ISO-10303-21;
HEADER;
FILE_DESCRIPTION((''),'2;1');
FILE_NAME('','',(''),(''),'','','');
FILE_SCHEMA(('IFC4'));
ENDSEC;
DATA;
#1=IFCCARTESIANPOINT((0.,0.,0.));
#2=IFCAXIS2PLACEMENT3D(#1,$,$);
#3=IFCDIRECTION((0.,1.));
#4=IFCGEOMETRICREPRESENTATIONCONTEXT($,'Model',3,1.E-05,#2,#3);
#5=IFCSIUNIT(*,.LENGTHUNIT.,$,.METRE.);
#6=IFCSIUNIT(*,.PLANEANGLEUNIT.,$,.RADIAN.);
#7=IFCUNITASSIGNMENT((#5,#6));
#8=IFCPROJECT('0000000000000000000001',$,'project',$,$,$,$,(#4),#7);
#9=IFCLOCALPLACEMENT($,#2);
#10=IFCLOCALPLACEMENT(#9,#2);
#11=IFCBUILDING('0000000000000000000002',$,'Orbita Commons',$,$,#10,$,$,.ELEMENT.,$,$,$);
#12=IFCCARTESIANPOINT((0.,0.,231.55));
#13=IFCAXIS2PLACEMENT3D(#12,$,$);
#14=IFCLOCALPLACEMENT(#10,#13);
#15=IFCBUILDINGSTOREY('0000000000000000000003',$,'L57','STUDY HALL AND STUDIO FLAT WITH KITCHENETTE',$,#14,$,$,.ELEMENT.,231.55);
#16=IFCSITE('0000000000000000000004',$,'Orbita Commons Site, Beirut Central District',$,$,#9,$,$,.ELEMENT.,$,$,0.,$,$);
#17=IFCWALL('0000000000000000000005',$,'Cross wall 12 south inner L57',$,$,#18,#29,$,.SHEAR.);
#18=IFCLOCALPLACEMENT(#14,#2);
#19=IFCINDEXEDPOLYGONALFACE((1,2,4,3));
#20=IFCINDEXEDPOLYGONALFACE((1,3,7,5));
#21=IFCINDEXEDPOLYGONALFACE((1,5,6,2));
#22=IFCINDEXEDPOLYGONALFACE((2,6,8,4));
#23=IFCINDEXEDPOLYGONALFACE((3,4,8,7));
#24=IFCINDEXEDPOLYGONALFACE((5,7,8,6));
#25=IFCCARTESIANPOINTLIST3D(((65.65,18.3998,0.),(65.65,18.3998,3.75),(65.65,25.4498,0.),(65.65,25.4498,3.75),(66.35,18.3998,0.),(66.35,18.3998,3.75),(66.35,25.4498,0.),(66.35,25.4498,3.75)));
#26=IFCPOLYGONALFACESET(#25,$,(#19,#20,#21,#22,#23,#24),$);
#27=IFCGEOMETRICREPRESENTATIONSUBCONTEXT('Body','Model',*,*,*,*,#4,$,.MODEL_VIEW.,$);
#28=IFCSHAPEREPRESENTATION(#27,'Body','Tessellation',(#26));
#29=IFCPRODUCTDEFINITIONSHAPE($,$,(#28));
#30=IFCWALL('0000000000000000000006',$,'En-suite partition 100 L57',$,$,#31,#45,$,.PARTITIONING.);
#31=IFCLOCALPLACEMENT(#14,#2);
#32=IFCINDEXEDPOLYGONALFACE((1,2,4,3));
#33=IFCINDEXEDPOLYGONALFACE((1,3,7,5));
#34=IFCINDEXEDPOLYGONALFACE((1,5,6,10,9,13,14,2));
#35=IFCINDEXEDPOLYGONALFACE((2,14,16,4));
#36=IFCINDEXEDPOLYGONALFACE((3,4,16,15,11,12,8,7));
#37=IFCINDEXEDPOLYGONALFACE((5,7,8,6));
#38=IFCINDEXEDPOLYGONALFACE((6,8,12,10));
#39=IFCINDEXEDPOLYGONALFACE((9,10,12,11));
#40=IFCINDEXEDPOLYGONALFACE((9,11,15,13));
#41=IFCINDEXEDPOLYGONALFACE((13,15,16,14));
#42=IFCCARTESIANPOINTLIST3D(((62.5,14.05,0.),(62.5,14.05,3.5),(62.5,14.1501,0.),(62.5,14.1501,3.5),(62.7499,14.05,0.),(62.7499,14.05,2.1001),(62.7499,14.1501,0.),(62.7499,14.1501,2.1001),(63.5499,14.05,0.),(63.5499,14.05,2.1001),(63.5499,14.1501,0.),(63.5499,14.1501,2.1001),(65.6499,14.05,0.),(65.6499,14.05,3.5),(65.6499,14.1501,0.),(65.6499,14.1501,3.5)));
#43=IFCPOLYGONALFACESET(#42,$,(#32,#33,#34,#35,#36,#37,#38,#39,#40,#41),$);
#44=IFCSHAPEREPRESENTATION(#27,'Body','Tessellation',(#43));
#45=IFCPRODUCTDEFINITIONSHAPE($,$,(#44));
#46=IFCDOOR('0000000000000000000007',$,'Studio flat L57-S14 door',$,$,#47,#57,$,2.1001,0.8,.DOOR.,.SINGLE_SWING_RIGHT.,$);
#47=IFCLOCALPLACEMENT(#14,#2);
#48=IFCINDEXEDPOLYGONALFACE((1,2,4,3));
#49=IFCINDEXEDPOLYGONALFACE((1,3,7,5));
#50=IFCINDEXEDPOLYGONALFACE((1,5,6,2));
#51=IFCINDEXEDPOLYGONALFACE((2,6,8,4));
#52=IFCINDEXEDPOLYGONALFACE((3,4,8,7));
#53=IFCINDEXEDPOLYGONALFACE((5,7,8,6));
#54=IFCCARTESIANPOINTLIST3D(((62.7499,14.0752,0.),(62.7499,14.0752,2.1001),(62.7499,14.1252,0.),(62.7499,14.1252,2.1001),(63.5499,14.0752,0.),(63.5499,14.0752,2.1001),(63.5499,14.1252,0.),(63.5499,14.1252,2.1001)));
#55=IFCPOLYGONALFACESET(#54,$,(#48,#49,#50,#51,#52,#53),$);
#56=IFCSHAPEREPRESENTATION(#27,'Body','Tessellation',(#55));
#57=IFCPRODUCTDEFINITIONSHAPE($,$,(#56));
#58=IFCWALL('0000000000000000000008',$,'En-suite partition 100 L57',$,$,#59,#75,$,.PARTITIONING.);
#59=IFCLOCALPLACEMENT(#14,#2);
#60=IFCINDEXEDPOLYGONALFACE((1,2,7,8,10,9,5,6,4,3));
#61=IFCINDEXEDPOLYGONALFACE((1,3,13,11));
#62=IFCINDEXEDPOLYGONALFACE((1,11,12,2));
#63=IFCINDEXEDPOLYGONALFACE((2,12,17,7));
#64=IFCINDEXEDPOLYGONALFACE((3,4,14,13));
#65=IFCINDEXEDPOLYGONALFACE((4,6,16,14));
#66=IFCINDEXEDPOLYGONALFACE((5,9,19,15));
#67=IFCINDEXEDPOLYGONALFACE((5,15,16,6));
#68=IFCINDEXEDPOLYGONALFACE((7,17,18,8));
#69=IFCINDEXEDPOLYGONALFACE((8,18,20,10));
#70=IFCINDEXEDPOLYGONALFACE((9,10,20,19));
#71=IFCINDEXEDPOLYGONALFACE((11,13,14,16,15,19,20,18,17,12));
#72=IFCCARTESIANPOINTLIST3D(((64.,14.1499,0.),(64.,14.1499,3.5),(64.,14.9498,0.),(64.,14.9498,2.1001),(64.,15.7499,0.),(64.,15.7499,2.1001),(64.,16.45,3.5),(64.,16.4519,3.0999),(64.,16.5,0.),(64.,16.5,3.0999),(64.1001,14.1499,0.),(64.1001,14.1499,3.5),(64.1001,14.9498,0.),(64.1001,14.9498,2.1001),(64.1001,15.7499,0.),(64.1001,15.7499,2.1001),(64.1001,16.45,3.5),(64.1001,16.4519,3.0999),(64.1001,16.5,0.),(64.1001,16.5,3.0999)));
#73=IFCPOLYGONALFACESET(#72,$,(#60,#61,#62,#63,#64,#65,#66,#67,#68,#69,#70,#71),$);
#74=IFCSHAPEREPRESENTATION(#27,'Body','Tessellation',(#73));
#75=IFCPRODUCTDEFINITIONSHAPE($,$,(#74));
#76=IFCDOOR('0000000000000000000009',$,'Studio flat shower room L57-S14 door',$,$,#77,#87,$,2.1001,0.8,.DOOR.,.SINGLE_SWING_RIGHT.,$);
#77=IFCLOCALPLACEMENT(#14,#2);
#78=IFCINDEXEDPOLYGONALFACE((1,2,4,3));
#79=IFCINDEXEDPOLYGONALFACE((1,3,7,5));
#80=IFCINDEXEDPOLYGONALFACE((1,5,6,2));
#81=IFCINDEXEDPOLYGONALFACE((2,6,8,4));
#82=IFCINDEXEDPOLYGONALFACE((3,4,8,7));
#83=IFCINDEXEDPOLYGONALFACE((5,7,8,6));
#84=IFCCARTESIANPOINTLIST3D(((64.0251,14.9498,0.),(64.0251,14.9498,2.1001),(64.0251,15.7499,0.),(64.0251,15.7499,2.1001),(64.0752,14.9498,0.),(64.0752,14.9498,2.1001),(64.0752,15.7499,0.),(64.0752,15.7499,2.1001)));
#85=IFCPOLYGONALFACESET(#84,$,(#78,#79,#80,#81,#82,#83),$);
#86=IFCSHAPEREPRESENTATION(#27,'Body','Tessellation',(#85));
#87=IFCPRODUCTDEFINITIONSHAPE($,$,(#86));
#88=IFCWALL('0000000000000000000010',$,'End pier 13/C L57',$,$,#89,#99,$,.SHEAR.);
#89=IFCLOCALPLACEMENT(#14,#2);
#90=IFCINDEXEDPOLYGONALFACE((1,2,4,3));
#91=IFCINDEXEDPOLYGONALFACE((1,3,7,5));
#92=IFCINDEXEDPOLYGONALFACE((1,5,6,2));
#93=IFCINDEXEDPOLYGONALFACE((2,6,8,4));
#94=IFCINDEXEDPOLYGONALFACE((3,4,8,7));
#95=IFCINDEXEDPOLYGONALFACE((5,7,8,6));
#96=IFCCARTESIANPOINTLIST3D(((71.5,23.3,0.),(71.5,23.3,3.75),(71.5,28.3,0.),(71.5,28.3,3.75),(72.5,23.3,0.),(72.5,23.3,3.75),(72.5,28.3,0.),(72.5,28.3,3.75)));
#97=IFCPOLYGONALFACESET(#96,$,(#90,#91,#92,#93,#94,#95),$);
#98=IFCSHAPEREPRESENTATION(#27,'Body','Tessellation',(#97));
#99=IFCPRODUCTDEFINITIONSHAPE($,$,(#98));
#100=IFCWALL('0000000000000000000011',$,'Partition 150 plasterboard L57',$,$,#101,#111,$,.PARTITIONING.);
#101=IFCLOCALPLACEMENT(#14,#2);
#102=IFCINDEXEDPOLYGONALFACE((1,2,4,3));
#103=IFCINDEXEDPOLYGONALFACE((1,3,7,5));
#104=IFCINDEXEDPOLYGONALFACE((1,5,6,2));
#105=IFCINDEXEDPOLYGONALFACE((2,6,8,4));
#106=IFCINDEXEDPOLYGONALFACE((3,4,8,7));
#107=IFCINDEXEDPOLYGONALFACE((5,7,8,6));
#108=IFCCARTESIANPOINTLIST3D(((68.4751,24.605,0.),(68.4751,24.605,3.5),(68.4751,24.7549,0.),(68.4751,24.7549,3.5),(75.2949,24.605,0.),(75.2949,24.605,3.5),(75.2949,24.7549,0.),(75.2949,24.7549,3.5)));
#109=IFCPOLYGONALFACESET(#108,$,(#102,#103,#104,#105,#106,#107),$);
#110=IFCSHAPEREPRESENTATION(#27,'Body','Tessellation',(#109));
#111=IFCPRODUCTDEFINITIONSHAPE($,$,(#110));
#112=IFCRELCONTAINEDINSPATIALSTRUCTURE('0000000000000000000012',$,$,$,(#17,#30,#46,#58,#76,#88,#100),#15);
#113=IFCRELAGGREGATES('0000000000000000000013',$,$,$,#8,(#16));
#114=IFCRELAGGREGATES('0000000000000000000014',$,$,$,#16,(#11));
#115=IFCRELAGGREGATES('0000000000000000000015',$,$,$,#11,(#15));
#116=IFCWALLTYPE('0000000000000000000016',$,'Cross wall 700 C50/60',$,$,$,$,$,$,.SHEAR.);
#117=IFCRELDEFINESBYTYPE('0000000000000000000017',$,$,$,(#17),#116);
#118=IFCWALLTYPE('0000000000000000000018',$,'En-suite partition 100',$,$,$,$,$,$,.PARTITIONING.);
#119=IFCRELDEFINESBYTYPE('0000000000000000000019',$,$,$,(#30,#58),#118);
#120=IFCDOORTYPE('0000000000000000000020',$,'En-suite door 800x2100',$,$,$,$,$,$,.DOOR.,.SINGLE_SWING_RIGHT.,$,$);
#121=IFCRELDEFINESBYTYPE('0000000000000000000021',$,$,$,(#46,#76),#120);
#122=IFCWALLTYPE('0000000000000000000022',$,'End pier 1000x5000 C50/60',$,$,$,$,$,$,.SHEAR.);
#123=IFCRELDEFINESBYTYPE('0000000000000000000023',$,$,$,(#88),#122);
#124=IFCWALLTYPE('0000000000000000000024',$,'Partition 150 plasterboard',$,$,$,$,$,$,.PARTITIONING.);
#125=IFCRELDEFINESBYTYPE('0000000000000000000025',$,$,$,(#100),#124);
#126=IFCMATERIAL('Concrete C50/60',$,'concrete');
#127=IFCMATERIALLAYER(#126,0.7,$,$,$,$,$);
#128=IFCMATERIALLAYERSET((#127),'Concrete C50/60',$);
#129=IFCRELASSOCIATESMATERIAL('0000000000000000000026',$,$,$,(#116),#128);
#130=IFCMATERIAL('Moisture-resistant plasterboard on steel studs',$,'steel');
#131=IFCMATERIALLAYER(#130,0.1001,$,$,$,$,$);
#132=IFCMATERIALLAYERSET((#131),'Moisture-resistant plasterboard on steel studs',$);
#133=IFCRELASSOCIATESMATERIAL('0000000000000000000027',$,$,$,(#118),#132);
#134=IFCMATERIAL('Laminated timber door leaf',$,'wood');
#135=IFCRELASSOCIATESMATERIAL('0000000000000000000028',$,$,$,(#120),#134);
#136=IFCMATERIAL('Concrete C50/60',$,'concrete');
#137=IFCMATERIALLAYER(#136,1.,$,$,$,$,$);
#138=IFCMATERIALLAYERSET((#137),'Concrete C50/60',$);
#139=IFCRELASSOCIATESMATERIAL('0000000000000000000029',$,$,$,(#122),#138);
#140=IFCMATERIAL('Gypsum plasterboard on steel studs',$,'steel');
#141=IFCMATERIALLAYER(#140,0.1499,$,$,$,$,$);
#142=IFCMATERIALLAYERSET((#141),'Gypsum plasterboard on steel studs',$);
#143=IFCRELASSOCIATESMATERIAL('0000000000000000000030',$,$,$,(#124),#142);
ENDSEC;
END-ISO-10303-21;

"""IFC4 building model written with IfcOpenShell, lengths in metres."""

from ifc_helpers import new_model, si_unit, direction, frame, frame_2d, origin, place, context, subcontext, project, spatial, polyline, rectangle, outline, extrude, material, layer, layer_set, type_object, element, fill, save


model = new_model("IFC4")

# Units and contexts
model_context = context("Model", 3, precision=1e-05, world=origin(), true_north=direction((0.0, 1.0)))
body_context = subcontext(model_context, "Body", "Model", "MODEL_VIEW")
ifc_project = project(units=[si_unit("LENGTHUNIT", "METRE"), si_unit("PLANEANGLEUNIT", "RADIAN")], contexts=[model_context])

# Site, building, storey
site_placement = place(None, origin())
site = spatial("IfcSite", under=ifc_project, at=site_placement, Name="Orbita Commons Site, Beirut Central District", CompositionType="ELEMENT", RefElevation=0.0)
building_placement = place(site_placement, origin())
building = spatial("IfcBuilding", under=site, at=building_placement, Name="Orbita Commons", CompositionType="ELEMENT")
storey_placement = place(building_placement, frame((0.0, 0.0, 231.55)))
storey = spatial("IfcBuildingStorey", under=building, at=storey_placement, Name="L57", Description="STUDY HALL AND STUDIO FLAT WITH KITCHENETTE", CompositionType="ELEMENT", Elevation=231.55)

# Wall
ifc_material_1 = material(Name="Concrete C50/60", Category="concrete")
ifc_layer_1 = layer(ifc_material_1, 0.7)
ifc_layer_set_1 = layer_set([ifc_layer_1], Name="Concrete C50/60")
wall_type_1 = type_object("IfcWallType", Name="Cross wall 700 C50/60", PredefinedType="SHEAR", material=ifc_layer_set_1)
wall_1_placement = place(storey_placement, frame((66.0, 18.3999, 0.0), z_axis=(0.0, 0.0, 1.0), x_axis=(0.0, 1.0, 0.0)))
element("IfcWall", 1, at=wall_1_placement, inside=storey, type_object=wall_type_1, Name="Cross wall 12 south inner L57", PredefinedType="SHEAR", context=body_context, shape_type="SweptSolid", body=[
    extrude(rectangle(XDim=7.05, YDim=0.7, at=frame_2d((3.5249, 0.0))), origin(), (0.0, 0.0, 1.0), 3.75),
])

# Walls, openings, doors
ifc_material_2 = material(Name="Moisture-resistant plasterboard on steel studs", Category="steel")
ifc_layer_2 = layer(ifc_material_2, 0.1001)
ifc_layer_set_2 = layer_set([ifc_layer_2], Name="Moisture-resistant plasterboard on steel studs")
wall_type_2 = type_object("IfcWallType", Name="En-suite partition 100", PredefinedType="PARTITIONING", material=ifc_layer_set_2)
wall_2_placement = place(storey_placement, frame((65.6499, 14.1001, 0.0), z_axis=(0.0, 0.0, 1.0), x_axis=(-1.0, 0.0, 0.0)))
wall_2 = element("IfcWall", 2, at=wall_2_placement, inside=storey, type_object=wall_type_2, Name="En-suite partition 100 L57", PredefinedType="PARTITIONING", context=body_context, shape_type="SweptSolid", body=[
    extrude(rectangle(XDim=3.1499, YDim=0.1001, at=frame_2d((1.575, 0.0))), origin(), (0.0, 0.0, 1.0), 3.5),
])
opening_1_placement = place(wall_2_placement, frame((2.1001, 0.0, 0.0)))
opening_1 = element("IfcOpeningElement", 3, at=opening_1_placement, cuts=wall_2, PredefinedType="OPENING", context=body_context, shape_type="SweptSolid", body=[
    extrude(rectangle(XDim=0.8, YDim=2.1001, at=frame_2d((0.3999, 1.05))), frame((0.0, 0.0601, 0.0), z_axis=(0.0, -1.0, 0.0), x_axis=(1.0, 0.0, 0.0)), (0.0, 0.0, 1.0), 0.1201),
])
ifc_material_3 = material(Name="Laminated timber door leaf", Category="wood")
door_type_1 = type_object("IfcDoorType", Name="En-suite door 800x2100", OperationType="SINGLE_SWING_RIGHT", PredefinedType="DOOR", material=ifc_material_3)
door_1_placement = place(opening_1_placement, origin())
door_1 = element("IfcDoor", 4, at=door_1_placement, inside=storey, type_object=door_type_1, Name="Studio flat L57-S14 door", OperationType="SINGLE_SWING_RIGHT", OverallHeight=2.1001, OverallWidth=0.8, PredefinedType="DOOR", context=body_context, shape_type="SweptSolid", body=[
    extrude(rectangle(XDim=0.8, YDim=2.1001, at=frame_2d((0.3999, 1.05))), frame((0.0, 0.0249, 0.0), z_axis=(0.0, -1.0, 0.0), x_axis=(1.0, 0.0, 0.0)), (0.0, 0.0, 1.0), 0.05),
])
fill(opening_1, door_1)
wall_3_placement = place(storey_placement, frame((64.05, 14.1499, 0.0), z_axis=(0.0, 0.0, 1.0), x_axis=(0.0, 1.0, 0.0)))
wall_3 = element("IfcWall", 5, at=wall_3_placement, inside=storey, type_object=wall_type_2, Name="En-suite partition 100 L57", PredefinedType="PARTITIONING", context=body_context, shape_type="SweptSolid", body=[
    extrude(outline(polyline([(0.0, 0.0), (2.3501, 0.0), (2.3501, 3.0999), (2.302, 3.0999), (2.3, 3.5), (0.0, 3.5), (0.0, 0.0)])), frame((0.0, 0.05, 0.0), z_axis=(0.0, -1.0, 0.0), x_axis=(1.0, 0.0, 0.0)), (0.0, 0.0, 1.0), 0.1001),
])
opening_2_placement = place(wall_3_placement, frame((0.8, 0.0, 0.0)))
opening_2 = element("IfcOpeningElement", 6, at=opening_2_placement, cuts=wall_3, PredefinedType="OPENING", context=body_context, shape_type="SweptSolid", body=[
    extrude(rectangle(XDim=0.8, YDim=2.1001, at=frame_2d((0.3999, 1.05))), frame((0.0, 0.0601, 0.0), z_axis=(0.0, -1.0, 0.0), x_axis=(1.0, 0.0, 0.0)), (0.0, 0.0, 1.0), 0.1201),
])
door_2_placement = place(opening_2_placement, origin())
door_2 = element("IfcDoor", 7, at=door_2_placement, inside=storey, type_object=door_type_1, Name="Studio flat shower room L57-S14 door", OperationType="SINGLE_SWING_RIGHT", OverallHeight=2.1001, OverallWidth=0.8, PredefinedType="DOOR", context=body_context, shape_type="SweptSolid", body=[
    extrude(rectangle(XDim=0.8, YDim=2.1001, at=frame_2d((0.3999, 1.05))), frame((0.0, 0.0249, 0.0), z_axis=(0.0, -1.0, 0.0), x_axis=(1.0, 0.0, 0.0)), (0.0, 0.0, 1.0), 0.05),
])
fill(opening_2, door_2)

# Walls
ifc_material_4 = material(Name="Concrete C50/60", Category="concrete")
ifc_layer_3 = layer(ifc_material_4, 1.0)
ifc_layer_set_3 = layer_set([ifc_layer_3], Name="Concrete C50/60")
wall_type_3 = type_object("IfcWallType", Name="End pier 1000x5000 C50/60", PredefinedType="SHEAR", material=ifc_layer_set_3)
wall_4_placement = place(storey_placement, frame((72.0, 23.3, 0.0), z_axis=(0.0, 0.0, 1.0), x_axis=(0.0, 1.0, 0.0)))
element("IfcWall", 8, at=wall_4_placement, inside=storey, type_object=wall_type_3, Name="End pier 13/C L57", PredefinedType="SHEAR", context=body_context, shape_type="SweptSolid", body=[
    extrude(rectangle(XDim=5.0, YDim=1.0, at=frame_2d((2.5, 0.0))), origin(), (0.0, 0.0, 1.0), 3.75),
])
ifc_material_5 = material(Name="Gypsum plasterboard on steel studs", Category="steel")
ifc_layer_4 = layer(ifc_material_5, 0.1499)
ifc_layer_set_4 = layer_set([ifc_layer_4], Name="Gypsum plasterboard on steel studs")
wall_type_4 = type_object("IfcWallType", Name="Partition 150 plasterboard", PredefinedType="PARTITIONING", material=ifc_layer_set_4)
wall_5_placement = place(storey_placement, frame((68.4751, 24.6799, 0.0), z_axis=(0.0, 0.0, 1.0), x_axis=(1.0, 0.0, 0.0)))
element("IfcWall", 9, at=wall_5_placement, inside=storey, type_object=wall_type_4, Name="Partition 150 plasterboard L57", PredefinedType="PARTITIONING", context=body_context, shape_type="SweptSolid", body=[
    extrude(rectangle(XDim=6.8198, YDim=0.1499, at=frame_2d((3.4099, 0.0))), origin(), (0.0, 0.0, 1.0), 3.5),
])

save(model, "model.ifc")
